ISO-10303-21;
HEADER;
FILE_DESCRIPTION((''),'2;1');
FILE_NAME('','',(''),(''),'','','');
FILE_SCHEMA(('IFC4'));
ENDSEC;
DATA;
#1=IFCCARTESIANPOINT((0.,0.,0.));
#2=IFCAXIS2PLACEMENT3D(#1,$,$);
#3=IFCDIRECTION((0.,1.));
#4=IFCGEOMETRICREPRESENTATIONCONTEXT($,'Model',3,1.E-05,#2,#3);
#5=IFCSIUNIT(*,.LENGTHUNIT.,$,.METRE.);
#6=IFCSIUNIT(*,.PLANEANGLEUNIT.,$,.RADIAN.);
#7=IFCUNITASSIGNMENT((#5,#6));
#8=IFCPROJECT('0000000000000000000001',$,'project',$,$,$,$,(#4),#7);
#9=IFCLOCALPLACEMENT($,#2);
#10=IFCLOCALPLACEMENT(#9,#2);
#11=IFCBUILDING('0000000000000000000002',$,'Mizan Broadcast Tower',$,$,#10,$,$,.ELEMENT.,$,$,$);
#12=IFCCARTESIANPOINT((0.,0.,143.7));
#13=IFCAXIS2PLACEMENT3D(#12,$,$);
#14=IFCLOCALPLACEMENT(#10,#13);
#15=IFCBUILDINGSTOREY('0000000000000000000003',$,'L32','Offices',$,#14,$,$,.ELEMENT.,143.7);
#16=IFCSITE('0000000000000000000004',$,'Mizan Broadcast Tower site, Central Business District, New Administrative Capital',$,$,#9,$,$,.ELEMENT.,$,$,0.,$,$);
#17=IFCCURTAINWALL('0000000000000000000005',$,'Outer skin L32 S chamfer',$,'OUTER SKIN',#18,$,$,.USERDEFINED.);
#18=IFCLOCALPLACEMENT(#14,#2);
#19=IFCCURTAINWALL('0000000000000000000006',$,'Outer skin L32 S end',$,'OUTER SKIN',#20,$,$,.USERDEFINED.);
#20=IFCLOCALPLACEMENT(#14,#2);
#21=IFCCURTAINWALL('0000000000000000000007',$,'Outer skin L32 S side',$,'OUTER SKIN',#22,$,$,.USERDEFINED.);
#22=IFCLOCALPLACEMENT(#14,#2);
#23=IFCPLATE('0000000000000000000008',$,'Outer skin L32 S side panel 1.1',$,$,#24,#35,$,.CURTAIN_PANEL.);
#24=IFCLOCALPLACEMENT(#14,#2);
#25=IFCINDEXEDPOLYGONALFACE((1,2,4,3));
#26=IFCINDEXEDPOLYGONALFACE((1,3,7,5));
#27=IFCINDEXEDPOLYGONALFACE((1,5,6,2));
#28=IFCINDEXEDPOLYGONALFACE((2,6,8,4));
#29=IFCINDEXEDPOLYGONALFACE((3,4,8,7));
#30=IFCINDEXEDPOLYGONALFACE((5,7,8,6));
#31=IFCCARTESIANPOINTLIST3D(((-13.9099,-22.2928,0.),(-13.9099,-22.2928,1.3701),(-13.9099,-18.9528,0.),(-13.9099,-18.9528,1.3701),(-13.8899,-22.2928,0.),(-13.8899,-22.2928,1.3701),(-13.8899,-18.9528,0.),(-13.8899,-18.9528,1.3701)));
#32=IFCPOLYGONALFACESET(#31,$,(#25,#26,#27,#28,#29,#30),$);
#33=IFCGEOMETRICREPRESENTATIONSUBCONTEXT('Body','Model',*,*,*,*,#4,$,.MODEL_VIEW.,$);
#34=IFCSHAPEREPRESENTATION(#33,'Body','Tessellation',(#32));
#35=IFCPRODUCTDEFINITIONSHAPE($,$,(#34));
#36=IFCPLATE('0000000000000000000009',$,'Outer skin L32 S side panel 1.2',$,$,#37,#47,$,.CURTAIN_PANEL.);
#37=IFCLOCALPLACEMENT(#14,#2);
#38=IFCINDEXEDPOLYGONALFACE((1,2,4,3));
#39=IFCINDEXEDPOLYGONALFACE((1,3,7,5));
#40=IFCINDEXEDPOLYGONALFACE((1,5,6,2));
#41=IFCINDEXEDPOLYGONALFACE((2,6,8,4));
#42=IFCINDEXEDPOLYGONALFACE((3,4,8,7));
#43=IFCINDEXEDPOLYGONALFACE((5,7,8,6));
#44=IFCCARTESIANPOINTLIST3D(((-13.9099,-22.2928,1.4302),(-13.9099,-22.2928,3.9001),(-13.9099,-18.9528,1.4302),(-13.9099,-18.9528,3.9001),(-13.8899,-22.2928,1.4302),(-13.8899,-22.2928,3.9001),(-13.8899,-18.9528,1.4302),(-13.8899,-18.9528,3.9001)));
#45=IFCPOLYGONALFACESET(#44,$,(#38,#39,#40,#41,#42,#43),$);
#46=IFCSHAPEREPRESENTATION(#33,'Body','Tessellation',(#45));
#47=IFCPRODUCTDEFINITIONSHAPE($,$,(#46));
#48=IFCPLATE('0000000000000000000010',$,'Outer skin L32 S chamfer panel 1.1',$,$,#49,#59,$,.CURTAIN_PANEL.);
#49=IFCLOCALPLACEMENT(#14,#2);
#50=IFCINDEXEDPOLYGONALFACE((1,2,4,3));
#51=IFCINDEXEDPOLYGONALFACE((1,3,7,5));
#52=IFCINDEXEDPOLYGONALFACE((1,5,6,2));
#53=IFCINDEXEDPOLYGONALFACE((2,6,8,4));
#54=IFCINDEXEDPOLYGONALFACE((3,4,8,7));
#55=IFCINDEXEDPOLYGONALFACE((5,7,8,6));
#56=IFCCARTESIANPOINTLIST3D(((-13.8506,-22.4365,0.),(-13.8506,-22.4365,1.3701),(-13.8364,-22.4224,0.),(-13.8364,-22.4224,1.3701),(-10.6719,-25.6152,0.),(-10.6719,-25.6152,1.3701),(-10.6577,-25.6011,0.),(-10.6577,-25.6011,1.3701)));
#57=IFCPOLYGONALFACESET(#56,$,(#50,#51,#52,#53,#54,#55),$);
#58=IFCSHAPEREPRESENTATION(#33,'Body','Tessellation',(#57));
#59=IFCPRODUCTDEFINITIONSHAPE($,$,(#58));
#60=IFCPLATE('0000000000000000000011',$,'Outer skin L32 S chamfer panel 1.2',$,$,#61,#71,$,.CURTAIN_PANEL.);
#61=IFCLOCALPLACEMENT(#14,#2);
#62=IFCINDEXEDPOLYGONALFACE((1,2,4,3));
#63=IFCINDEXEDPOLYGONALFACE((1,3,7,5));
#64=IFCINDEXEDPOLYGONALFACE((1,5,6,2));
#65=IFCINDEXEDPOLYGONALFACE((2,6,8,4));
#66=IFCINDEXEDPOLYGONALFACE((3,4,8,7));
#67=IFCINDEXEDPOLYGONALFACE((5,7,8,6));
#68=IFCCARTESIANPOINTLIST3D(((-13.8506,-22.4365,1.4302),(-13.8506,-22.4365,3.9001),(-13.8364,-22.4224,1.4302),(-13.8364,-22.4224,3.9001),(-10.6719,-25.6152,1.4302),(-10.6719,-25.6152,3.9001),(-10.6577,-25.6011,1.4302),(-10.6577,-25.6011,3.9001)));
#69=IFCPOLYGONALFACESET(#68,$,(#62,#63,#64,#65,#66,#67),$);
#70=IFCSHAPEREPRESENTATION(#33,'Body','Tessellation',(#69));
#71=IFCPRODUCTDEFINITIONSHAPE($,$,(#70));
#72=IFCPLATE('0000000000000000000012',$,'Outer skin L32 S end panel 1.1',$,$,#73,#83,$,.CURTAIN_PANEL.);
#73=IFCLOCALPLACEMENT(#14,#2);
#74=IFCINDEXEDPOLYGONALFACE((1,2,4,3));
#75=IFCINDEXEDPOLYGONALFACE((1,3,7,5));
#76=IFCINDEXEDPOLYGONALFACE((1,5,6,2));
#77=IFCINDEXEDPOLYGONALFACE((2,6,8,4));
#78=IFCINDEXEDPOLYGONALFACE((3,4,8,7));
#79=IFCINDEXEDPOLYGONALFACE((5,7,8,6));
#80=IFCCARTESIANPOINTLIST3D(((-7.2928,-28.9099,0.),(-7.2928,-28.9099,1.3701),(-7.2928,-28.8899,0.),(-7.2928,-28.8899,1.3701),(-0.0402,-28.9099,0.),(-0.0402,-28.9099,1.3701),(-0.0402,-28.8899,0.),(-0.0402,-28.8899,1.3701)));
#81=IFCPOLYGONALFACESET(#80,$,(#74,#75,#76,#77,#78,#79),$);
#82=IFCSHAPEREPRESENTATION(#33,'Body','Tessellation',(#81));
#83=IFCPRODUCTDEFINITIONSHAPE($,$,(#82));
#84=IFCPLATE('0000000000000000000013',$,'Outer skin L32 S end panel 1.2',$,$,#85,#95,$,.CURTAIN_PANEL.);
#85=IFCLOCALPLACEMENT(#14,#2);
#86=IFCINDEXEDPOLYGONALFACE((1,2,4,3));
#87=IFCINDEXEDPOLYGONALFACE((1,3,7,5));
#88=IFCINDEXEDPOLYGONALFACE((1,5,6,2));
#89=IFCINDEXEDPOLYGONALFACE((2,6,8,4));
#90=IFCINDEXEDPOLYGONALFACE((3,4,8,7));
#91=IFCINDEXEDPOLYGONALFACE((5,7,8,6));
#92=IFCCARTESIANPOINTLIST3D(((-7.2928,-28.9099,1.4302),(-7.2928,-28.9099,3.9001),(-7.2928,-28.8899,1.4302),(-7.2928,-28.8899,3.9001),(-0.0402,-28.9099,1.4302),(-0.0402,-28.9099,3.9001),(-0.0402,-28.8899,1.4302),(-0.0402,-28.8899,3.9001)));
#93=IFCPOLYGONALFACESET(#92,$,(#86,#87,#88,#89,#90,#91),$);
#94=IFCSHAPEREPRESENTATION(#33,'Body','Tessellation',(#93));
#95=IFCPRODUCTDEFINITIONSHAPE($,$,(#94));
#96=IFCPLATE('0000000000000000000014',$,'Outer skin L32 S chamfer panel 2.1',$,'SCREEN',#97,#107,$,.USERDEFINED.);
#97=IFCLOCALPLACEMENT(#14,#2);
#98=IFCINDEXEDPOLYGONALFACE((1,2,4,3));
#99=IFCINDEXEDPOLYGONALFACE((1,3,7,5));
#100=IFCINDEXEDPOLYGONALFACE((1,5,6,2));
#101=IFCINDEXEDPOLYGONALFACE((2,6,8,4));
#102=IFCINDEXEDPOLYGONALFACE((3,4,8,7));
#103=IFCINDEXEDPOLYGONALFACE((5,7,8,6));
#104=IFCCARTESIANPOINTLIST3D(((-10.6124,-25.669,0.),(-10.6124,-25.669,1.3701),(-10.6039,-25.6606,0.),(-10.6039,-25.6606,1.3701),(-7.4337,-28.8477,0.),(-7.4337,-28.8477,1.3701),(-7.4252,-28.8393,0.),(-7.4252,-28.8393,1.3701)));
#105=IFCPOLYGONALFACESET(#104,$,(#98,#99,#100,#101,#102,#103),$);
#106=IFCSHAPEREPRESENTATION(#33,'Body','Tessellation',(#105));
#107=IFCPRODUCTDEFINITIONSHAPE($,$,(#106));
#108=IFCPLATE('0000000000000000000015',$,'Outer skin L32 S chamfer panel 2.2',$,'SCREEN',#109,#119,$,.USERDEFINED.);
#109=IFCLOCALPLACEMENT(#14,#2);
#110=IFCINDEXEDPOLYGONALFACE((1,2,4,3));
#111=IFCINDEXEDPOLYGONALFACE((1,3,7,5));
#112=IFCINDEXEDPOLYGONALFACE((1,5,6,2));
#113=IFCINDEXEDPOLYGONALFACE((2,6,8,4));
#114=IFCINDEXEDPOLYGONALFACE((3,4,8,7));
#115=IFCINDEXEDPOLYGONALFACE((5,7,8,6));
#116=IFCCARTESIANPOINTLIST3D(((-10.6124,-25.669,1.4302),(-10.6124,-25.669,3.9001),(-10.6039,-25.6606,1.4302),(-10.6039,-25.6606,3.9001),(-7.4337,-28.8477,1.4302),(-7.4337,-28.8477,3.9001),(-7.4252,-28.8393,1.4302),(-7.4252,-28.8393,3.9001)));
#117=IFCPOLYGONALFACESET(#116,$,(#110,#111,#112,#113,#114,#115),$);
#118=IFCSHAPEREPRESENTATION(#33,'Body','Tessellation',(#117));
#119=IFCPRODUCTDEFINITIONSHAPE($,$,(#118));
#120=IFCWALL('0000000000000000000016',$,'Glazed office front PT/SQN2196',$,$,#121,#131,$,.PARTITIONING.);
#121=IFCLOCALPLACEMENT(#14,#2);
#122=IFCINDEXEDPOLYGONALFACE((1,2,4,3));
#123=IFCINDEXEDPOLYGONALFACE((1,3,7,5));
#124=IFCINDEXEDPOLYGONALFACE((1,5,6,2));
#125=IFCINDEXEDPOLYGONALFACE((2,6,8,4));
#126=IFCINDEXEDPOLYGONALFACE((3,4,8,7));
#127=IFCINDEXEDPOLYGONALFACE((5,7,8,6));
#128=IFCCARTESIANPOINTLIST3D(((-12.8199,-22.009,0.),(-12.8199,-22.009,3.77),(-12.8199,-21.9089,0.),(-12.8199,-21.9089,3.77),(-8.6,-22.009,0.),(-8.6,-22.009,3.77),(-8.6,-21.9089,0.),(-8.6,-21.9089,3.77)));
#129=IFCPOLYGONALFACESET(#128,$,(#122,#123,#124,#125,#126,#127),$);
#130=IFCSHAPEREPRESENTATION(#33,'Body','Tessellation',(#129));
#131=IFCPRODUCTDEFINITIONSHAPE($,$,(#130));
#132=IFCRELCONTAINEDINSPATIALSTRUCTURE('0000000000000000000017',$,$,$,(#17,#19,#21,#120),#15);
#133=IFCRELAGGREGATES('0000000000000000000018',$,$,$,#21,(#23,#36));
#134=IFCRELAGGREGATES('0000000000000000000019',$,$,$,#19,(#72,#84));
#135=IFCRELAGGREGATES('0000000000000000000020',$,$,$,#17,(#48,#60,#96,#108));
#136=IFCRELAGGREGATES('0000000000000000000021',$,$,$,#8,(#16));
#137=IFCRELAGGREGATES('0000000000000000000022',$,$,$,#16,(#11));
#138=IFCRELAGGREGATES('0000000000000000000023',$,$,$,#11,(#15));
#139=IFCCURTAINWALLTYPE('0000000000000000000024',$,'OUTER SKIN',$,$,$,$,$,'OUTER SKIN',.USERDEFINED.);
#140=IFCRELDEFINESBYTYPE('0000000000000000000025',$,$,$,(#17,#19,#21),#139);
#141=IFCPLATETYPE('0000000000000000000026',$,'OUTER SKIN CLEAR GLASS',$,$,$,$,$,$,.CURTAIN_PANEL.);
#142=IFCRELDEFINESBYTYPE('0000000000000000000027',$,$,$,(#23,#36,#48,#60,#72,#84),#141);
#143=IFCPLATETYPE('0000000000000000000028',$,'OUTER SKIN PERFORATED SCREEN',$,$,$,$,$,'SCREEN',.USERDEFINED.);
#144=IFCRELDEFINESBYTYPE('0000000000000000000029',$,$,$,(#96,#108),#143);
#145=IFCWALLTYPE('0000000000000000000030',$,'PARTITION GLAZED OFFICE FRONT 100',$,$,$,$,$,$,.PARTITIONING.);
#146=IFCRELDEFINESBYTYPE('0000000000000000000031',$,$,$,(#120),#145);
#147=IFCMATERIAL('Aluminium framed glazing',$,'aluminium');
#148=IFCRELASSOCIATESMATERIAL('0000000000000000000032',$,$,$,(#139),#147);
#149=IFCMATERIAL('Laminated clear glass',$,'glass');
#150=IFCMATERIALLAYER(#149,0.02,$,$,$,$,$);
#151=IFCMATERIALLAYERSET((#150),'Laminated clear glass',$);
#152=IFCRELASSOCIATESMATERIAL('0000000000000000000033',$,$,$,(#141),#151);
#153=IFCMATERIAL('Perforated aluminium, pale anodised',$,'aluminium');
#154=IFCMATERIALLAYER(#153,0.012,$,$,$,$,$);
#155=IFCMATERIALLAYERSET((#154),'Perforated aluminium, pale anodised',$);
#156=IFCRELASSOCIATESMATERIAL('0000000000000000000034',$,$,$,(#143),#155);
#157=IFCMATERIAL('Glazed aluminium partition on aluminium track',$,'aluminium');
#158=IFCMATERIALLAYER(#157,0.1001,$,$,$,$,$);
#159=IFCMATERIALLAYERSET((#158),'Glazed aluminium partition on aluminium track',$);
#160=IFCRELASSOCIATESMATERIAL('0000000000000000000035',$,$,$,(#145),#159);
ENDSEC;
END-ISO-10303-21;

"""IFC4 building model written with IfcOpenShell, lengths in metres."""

from ifc_helpers import new_model, si_unit, direction, frame, frame_2d, origin, origin_2d, place, context, subcontext, project, spatial, rectangle, extrude, material, layer, layer_set, type_object, element, aggregate, save


model = new_model("IFC4")

# Units and contexts
model_context = context("Model", 3, precision=1e-05, world=origin(), true_north=direction((0.0, 1.0)))
body_context = subcontext(model_context, "Body", "Model", "MODEL_VIEW")
ifc_project = project(units=[si_unit("LENGTHUNIT", "METRE"), si_unit("PLANEANGLEUNIT", "RADIAN")], contexts=[model_context])

# Site, building, storey
site_placement = place(None, origin())
site = spatial("IfcSite", under=ifc_project, at=site_placement, Name="Mizan Broadcast Tower site, Central Business District, New Administrative Capital", CompositionType="ELEMENT", RefElevation=0.0)
building_placement = place(site_placement, origin())
building = spatial("IfcBuilding", under=site, at=building_placement, Name="Mizan Broadcast Tower", CompositionType="ELEMENT")
storey_placement = place(building_placement, frame((0.0, 0.0, 143.7)))
storey = spatial("IfcBuildingStorey", under=building, at=storey_placement, Name="L32", Description="Offices", CompositionType="ELEMENT", Elevation=143.7)

# Curtain wall
ifc_material_1 = material(Name="Aluminium framed glazing", Category="aluminium")
curtain_wall_type_1 = type_object("IfcCurtainWallType", Name="OUTER SKIN", ElementType="OUTER SKIN", PredefinedType="USERDEFINED", material=ifc_material_1)
curtain_wall_1_placement = place(storey_placement, origin())
curtain_wall_1 = element("IfcCurtainWall", 1, at=curtain_wall_1_placement, inside=storey, type_object=curtain_wall_type_1, Name="Outer skin L32 S chamfer", ObjectType="OUTER SKIN", PredefinedType="USERDEFINED")

# Curtain wall
curtain_wall_2_placement = place(storey_placement, origin())
curtain_wall_2 = element("IfcCurtainWall", 2, at=curtain_wall_2_placement, inside=storey, type_object=curtain_wall_type_1, Name="Outer skin L32 S end", ObjectType="OUTER SKIN", PredefinedType="USERDEFINED")

# Curtain wall, plates
curtain_wall_3_placement = place(storey_placement, origin())
curtain_wall_3 = element("IfcCurtainWall", 3, at=curtain_wall_3_placement, inside=storey, type_object=curtain_wall_type_1, Name="Outer skin L32 S side", ObjectType="OUTER SKIN", PredefinedType="USERDEFINED")
ifc_material_2 = material(Name="Laminated clear glass", Category="glass")
ifc_layer_1 = layer(ifc_material_2, 0.02)
ifc_layer_set_1 = layer_set([ifc_layer_1], Name="Laminated clear glass")
plate_type_1 = type_object("IfcPlateType", Name="OUTER SKIN CLEAR GLASS", PredefinedType="CURTAIN_PANEL", material=ifc_layer_set_1)
plate_1_placement = place(storey_placement, frame((-13.8999, -20.6228, 0.0), z_axis=(0.0, 0.0, 1.0), x_axis=(0.0, -1.0, 0.0)))
plate_1 = element("IfcPlate", 4, at=plate_1_placement, type_object=plate_type_1, Name="Outer skin L32 S side panel 1.1", PredefinedType="CURTAIN_PANEL", context=body_context, shape_type="SweptSolid", body=[
    extrude(rectangle(XDim=3.3401, YDim=0.02, at=origin_2d()), origin(), (0.0, 0.0, 1.0), 1.3701),
])
plate_2_placement = place(storey_placement, frame((-13.8999, -20.6228, 1.4302), z_axis=(0.0, 0.0, 1.0), x_axis=(0.0, -1.0, 0.0)))
plate_2 = element("IfcPlate", 5, at=plate_2_placement, type_object=plate_type_1, Name="Outer skin L32 S side panel 1.2", PredefinedType="CURTAIN_PANEL", context=body_context, shape_type="SweptSolid", body=[
    extrude(rectangle(XDim=3.3401, YDim=0.02, at=origin_2d()), origin(), (0.0, 0.0, 1.0), 2.47),
])
aggregate(curtain_wall_3, [plate_1, plate_2])

# Plates
plate_3_placement = place(storey_placement, frame((-12.2542, -24.0188, 0.0), z_axis=(0.0, 0.0, 1.0), x_axis=(0.707107, -0.707107, 0.0)))
plate_3 = element("IfcPlate", 6, at=plate_3_placement, type_object=plate_type_1, Name="Outer skin L32 S chamfer panel 1.1", PredefinedType="CURTAIN_PANEL", context=body_context, shape_type="SweptSolid", body=[
    extrude(rectangle(XDim=4.4954, YDim=0.02, at=origin_2d()), origin(), (0.0, 0.0, 1.0), 1.3701),
])
plate_4_placement = place(storey_placement, frame((-12.2542, -24.0188, 1.4302), z_axis=(0.0, 0.0, 1.0), x_axis=(0.707107, -0.707107, 0.0)))
plate_4 = element("IfcPlate", 7, at=plate_4_placement, type_object=plate_type_1, Name="Outer skin L32 S chamfer panel 1.2", PredefinedType="CURTAIN_PANEL", context=body_context, shape_type="SweptSolid", body=[
    extrude(rectangle(XDim=4.4954, YDim=0.02, at=origin_2d()), origin(), (0.0, 0.0, 1.0), 2.47),
])
plate_5_placement = place(storey_placement, frame((-3.6665, -28.8999, 0.0), z_axis=(0.0, 0.0, 1.0), x_axis=(1.0, 0.0, 0.0)))
plate_5 = element("IfcPlate", 8, at=plate_5_placement, type_object=plate_type_1, Name="Outer skin L32 S end panel 1.1", PredefinedType="CURTAIN_PANEL", context=body_context, shape_type="SweptSolid", body=[
    extrude(rectangle(XDim=7.2527, YDim=0.02, at=origin_2d()), origin(), (0.0, 0.0, 1.0), 1.3701),
])
plate_6_placement = place(storey_placement, frame((-3.6665, -28.8999, 1.4302), z_axis=(0.0, 0.0, 1.0), x_axis=(1.0, 0.0, 0.0)))
plate_6 = element("IfcPlate", 9, at=plate_6_placement, type_object=plate_type_1, Name="Outer skin L32 S end panel 1.2", PredefinedType="CURTAIN_PANEL", context=body_context, shape_type="SweptSolid", body=[
    extrude(rectangle(XDim=7.2527, YDim=0.02, at=origin_2d()), origin(), (0.0, 0.0, 1.0), 2.47),
])
aggregate(curtain_wall_2, [plate_5, plate_6])
ifc_material_3 = material(Name="Perforated aluminium, pale anodised", Category="aluminium")
ifc_layer_2 = layer(ifc_material_3, 0.012)
ifc_layer_set_2 = layer_set([ifc_layer_2], Name="Perforated aluminium, pale anodised")
plate_type_2 = type_object("IfcPlateType", Name="OUTER SKIN PERFORATED SCREEN", ElementType="SCREEN", PredefinedType="USERDEFINED", material=ifc_layer_set_2)
plate_7_placement = place(storey_placement, frame((-9.0188, -27.2542, 0.0), z_axis=(0.0, 0.0, 1.0), x_axis=(0.707107, -0.707107, 0.0)))
plate_7 = element("IfcPlate", 10, at=plate_7_placement, type_object=plate_type_2, Name="Outer skin L32 S chamfer panel 2.1", ObjectType="SCREEN", PredefinedType="USERDEFINED", context=body_context, shape_type="SweptSolid", body=[
    extrude(rectangle(XDim=4.4954, YDim=0.012, at=origin_2d()), origin(), (0.0, 0.0, 1.0), 1.3701),
])
plate_8_placement = place(storey_placement, frame((-9.0188, -27.2542, 1.4302), z_axis=(0.0, 0.0, 1.0), x_axis=(0.707107, -0.707107, 0.0)))
plate_8 = element("IfcPlate", 11, at=plate_8_placement, type_object=plate_type_2, Name="Outer skin L32 S chamfer panel 2.2", ObjectType="SCREEN", PredefinedType="USERDEFINED", context=body_context, shape_type="SweptSolid", body=[
    extrude(rectangle(XDim=4.4954, YDim=0.012, at=origin_2d()), origin(), (0.0, 0.0, 1.0), 2.47),
])
aggregate(curtain_wall_1, [plate_3, plate_4, plate_7, plate_8])

# Wall
ifc_material_4 = material(Name="Glazed aluminium partition on aluminium track", Category="aluminium")
ifc_layer_3 = layer(ifc_material_4, 0.1001)
ifc_layer_set_3 = layer_set([ifc_layer_3], Name="Glazed aluminium partition on aluminium track")
wall_type = type_object("IfcWallType", Name="PARTITION GLAZED OFFICE FRONT 100", PredefinedType="PARTITIONING", material=ifc_layer_set_3)
wall_placement = place(storey_placement, frame((-8.6001, -21.959, 0.0), z_axis=(0.0, 0.0, 1.0), x_axis=(-1.0, 0.0, 0.0)))
element("IfcWall", 12, at=wall_placement, inside=storey, type_object=wall_type, Name="Glazed office front PT/SQN2196", PredefinedType="PARTITIONING", context=body_context, shape_type="SweptSolid", body=[
    extrude(rectangle(XDim=4.22, YDim=0.1001, at=frame_2d((2.1099, 0.0))), origin(), (0.0, 0.0, 1.0), 3.77),
])

save(model, "model.ifc")
